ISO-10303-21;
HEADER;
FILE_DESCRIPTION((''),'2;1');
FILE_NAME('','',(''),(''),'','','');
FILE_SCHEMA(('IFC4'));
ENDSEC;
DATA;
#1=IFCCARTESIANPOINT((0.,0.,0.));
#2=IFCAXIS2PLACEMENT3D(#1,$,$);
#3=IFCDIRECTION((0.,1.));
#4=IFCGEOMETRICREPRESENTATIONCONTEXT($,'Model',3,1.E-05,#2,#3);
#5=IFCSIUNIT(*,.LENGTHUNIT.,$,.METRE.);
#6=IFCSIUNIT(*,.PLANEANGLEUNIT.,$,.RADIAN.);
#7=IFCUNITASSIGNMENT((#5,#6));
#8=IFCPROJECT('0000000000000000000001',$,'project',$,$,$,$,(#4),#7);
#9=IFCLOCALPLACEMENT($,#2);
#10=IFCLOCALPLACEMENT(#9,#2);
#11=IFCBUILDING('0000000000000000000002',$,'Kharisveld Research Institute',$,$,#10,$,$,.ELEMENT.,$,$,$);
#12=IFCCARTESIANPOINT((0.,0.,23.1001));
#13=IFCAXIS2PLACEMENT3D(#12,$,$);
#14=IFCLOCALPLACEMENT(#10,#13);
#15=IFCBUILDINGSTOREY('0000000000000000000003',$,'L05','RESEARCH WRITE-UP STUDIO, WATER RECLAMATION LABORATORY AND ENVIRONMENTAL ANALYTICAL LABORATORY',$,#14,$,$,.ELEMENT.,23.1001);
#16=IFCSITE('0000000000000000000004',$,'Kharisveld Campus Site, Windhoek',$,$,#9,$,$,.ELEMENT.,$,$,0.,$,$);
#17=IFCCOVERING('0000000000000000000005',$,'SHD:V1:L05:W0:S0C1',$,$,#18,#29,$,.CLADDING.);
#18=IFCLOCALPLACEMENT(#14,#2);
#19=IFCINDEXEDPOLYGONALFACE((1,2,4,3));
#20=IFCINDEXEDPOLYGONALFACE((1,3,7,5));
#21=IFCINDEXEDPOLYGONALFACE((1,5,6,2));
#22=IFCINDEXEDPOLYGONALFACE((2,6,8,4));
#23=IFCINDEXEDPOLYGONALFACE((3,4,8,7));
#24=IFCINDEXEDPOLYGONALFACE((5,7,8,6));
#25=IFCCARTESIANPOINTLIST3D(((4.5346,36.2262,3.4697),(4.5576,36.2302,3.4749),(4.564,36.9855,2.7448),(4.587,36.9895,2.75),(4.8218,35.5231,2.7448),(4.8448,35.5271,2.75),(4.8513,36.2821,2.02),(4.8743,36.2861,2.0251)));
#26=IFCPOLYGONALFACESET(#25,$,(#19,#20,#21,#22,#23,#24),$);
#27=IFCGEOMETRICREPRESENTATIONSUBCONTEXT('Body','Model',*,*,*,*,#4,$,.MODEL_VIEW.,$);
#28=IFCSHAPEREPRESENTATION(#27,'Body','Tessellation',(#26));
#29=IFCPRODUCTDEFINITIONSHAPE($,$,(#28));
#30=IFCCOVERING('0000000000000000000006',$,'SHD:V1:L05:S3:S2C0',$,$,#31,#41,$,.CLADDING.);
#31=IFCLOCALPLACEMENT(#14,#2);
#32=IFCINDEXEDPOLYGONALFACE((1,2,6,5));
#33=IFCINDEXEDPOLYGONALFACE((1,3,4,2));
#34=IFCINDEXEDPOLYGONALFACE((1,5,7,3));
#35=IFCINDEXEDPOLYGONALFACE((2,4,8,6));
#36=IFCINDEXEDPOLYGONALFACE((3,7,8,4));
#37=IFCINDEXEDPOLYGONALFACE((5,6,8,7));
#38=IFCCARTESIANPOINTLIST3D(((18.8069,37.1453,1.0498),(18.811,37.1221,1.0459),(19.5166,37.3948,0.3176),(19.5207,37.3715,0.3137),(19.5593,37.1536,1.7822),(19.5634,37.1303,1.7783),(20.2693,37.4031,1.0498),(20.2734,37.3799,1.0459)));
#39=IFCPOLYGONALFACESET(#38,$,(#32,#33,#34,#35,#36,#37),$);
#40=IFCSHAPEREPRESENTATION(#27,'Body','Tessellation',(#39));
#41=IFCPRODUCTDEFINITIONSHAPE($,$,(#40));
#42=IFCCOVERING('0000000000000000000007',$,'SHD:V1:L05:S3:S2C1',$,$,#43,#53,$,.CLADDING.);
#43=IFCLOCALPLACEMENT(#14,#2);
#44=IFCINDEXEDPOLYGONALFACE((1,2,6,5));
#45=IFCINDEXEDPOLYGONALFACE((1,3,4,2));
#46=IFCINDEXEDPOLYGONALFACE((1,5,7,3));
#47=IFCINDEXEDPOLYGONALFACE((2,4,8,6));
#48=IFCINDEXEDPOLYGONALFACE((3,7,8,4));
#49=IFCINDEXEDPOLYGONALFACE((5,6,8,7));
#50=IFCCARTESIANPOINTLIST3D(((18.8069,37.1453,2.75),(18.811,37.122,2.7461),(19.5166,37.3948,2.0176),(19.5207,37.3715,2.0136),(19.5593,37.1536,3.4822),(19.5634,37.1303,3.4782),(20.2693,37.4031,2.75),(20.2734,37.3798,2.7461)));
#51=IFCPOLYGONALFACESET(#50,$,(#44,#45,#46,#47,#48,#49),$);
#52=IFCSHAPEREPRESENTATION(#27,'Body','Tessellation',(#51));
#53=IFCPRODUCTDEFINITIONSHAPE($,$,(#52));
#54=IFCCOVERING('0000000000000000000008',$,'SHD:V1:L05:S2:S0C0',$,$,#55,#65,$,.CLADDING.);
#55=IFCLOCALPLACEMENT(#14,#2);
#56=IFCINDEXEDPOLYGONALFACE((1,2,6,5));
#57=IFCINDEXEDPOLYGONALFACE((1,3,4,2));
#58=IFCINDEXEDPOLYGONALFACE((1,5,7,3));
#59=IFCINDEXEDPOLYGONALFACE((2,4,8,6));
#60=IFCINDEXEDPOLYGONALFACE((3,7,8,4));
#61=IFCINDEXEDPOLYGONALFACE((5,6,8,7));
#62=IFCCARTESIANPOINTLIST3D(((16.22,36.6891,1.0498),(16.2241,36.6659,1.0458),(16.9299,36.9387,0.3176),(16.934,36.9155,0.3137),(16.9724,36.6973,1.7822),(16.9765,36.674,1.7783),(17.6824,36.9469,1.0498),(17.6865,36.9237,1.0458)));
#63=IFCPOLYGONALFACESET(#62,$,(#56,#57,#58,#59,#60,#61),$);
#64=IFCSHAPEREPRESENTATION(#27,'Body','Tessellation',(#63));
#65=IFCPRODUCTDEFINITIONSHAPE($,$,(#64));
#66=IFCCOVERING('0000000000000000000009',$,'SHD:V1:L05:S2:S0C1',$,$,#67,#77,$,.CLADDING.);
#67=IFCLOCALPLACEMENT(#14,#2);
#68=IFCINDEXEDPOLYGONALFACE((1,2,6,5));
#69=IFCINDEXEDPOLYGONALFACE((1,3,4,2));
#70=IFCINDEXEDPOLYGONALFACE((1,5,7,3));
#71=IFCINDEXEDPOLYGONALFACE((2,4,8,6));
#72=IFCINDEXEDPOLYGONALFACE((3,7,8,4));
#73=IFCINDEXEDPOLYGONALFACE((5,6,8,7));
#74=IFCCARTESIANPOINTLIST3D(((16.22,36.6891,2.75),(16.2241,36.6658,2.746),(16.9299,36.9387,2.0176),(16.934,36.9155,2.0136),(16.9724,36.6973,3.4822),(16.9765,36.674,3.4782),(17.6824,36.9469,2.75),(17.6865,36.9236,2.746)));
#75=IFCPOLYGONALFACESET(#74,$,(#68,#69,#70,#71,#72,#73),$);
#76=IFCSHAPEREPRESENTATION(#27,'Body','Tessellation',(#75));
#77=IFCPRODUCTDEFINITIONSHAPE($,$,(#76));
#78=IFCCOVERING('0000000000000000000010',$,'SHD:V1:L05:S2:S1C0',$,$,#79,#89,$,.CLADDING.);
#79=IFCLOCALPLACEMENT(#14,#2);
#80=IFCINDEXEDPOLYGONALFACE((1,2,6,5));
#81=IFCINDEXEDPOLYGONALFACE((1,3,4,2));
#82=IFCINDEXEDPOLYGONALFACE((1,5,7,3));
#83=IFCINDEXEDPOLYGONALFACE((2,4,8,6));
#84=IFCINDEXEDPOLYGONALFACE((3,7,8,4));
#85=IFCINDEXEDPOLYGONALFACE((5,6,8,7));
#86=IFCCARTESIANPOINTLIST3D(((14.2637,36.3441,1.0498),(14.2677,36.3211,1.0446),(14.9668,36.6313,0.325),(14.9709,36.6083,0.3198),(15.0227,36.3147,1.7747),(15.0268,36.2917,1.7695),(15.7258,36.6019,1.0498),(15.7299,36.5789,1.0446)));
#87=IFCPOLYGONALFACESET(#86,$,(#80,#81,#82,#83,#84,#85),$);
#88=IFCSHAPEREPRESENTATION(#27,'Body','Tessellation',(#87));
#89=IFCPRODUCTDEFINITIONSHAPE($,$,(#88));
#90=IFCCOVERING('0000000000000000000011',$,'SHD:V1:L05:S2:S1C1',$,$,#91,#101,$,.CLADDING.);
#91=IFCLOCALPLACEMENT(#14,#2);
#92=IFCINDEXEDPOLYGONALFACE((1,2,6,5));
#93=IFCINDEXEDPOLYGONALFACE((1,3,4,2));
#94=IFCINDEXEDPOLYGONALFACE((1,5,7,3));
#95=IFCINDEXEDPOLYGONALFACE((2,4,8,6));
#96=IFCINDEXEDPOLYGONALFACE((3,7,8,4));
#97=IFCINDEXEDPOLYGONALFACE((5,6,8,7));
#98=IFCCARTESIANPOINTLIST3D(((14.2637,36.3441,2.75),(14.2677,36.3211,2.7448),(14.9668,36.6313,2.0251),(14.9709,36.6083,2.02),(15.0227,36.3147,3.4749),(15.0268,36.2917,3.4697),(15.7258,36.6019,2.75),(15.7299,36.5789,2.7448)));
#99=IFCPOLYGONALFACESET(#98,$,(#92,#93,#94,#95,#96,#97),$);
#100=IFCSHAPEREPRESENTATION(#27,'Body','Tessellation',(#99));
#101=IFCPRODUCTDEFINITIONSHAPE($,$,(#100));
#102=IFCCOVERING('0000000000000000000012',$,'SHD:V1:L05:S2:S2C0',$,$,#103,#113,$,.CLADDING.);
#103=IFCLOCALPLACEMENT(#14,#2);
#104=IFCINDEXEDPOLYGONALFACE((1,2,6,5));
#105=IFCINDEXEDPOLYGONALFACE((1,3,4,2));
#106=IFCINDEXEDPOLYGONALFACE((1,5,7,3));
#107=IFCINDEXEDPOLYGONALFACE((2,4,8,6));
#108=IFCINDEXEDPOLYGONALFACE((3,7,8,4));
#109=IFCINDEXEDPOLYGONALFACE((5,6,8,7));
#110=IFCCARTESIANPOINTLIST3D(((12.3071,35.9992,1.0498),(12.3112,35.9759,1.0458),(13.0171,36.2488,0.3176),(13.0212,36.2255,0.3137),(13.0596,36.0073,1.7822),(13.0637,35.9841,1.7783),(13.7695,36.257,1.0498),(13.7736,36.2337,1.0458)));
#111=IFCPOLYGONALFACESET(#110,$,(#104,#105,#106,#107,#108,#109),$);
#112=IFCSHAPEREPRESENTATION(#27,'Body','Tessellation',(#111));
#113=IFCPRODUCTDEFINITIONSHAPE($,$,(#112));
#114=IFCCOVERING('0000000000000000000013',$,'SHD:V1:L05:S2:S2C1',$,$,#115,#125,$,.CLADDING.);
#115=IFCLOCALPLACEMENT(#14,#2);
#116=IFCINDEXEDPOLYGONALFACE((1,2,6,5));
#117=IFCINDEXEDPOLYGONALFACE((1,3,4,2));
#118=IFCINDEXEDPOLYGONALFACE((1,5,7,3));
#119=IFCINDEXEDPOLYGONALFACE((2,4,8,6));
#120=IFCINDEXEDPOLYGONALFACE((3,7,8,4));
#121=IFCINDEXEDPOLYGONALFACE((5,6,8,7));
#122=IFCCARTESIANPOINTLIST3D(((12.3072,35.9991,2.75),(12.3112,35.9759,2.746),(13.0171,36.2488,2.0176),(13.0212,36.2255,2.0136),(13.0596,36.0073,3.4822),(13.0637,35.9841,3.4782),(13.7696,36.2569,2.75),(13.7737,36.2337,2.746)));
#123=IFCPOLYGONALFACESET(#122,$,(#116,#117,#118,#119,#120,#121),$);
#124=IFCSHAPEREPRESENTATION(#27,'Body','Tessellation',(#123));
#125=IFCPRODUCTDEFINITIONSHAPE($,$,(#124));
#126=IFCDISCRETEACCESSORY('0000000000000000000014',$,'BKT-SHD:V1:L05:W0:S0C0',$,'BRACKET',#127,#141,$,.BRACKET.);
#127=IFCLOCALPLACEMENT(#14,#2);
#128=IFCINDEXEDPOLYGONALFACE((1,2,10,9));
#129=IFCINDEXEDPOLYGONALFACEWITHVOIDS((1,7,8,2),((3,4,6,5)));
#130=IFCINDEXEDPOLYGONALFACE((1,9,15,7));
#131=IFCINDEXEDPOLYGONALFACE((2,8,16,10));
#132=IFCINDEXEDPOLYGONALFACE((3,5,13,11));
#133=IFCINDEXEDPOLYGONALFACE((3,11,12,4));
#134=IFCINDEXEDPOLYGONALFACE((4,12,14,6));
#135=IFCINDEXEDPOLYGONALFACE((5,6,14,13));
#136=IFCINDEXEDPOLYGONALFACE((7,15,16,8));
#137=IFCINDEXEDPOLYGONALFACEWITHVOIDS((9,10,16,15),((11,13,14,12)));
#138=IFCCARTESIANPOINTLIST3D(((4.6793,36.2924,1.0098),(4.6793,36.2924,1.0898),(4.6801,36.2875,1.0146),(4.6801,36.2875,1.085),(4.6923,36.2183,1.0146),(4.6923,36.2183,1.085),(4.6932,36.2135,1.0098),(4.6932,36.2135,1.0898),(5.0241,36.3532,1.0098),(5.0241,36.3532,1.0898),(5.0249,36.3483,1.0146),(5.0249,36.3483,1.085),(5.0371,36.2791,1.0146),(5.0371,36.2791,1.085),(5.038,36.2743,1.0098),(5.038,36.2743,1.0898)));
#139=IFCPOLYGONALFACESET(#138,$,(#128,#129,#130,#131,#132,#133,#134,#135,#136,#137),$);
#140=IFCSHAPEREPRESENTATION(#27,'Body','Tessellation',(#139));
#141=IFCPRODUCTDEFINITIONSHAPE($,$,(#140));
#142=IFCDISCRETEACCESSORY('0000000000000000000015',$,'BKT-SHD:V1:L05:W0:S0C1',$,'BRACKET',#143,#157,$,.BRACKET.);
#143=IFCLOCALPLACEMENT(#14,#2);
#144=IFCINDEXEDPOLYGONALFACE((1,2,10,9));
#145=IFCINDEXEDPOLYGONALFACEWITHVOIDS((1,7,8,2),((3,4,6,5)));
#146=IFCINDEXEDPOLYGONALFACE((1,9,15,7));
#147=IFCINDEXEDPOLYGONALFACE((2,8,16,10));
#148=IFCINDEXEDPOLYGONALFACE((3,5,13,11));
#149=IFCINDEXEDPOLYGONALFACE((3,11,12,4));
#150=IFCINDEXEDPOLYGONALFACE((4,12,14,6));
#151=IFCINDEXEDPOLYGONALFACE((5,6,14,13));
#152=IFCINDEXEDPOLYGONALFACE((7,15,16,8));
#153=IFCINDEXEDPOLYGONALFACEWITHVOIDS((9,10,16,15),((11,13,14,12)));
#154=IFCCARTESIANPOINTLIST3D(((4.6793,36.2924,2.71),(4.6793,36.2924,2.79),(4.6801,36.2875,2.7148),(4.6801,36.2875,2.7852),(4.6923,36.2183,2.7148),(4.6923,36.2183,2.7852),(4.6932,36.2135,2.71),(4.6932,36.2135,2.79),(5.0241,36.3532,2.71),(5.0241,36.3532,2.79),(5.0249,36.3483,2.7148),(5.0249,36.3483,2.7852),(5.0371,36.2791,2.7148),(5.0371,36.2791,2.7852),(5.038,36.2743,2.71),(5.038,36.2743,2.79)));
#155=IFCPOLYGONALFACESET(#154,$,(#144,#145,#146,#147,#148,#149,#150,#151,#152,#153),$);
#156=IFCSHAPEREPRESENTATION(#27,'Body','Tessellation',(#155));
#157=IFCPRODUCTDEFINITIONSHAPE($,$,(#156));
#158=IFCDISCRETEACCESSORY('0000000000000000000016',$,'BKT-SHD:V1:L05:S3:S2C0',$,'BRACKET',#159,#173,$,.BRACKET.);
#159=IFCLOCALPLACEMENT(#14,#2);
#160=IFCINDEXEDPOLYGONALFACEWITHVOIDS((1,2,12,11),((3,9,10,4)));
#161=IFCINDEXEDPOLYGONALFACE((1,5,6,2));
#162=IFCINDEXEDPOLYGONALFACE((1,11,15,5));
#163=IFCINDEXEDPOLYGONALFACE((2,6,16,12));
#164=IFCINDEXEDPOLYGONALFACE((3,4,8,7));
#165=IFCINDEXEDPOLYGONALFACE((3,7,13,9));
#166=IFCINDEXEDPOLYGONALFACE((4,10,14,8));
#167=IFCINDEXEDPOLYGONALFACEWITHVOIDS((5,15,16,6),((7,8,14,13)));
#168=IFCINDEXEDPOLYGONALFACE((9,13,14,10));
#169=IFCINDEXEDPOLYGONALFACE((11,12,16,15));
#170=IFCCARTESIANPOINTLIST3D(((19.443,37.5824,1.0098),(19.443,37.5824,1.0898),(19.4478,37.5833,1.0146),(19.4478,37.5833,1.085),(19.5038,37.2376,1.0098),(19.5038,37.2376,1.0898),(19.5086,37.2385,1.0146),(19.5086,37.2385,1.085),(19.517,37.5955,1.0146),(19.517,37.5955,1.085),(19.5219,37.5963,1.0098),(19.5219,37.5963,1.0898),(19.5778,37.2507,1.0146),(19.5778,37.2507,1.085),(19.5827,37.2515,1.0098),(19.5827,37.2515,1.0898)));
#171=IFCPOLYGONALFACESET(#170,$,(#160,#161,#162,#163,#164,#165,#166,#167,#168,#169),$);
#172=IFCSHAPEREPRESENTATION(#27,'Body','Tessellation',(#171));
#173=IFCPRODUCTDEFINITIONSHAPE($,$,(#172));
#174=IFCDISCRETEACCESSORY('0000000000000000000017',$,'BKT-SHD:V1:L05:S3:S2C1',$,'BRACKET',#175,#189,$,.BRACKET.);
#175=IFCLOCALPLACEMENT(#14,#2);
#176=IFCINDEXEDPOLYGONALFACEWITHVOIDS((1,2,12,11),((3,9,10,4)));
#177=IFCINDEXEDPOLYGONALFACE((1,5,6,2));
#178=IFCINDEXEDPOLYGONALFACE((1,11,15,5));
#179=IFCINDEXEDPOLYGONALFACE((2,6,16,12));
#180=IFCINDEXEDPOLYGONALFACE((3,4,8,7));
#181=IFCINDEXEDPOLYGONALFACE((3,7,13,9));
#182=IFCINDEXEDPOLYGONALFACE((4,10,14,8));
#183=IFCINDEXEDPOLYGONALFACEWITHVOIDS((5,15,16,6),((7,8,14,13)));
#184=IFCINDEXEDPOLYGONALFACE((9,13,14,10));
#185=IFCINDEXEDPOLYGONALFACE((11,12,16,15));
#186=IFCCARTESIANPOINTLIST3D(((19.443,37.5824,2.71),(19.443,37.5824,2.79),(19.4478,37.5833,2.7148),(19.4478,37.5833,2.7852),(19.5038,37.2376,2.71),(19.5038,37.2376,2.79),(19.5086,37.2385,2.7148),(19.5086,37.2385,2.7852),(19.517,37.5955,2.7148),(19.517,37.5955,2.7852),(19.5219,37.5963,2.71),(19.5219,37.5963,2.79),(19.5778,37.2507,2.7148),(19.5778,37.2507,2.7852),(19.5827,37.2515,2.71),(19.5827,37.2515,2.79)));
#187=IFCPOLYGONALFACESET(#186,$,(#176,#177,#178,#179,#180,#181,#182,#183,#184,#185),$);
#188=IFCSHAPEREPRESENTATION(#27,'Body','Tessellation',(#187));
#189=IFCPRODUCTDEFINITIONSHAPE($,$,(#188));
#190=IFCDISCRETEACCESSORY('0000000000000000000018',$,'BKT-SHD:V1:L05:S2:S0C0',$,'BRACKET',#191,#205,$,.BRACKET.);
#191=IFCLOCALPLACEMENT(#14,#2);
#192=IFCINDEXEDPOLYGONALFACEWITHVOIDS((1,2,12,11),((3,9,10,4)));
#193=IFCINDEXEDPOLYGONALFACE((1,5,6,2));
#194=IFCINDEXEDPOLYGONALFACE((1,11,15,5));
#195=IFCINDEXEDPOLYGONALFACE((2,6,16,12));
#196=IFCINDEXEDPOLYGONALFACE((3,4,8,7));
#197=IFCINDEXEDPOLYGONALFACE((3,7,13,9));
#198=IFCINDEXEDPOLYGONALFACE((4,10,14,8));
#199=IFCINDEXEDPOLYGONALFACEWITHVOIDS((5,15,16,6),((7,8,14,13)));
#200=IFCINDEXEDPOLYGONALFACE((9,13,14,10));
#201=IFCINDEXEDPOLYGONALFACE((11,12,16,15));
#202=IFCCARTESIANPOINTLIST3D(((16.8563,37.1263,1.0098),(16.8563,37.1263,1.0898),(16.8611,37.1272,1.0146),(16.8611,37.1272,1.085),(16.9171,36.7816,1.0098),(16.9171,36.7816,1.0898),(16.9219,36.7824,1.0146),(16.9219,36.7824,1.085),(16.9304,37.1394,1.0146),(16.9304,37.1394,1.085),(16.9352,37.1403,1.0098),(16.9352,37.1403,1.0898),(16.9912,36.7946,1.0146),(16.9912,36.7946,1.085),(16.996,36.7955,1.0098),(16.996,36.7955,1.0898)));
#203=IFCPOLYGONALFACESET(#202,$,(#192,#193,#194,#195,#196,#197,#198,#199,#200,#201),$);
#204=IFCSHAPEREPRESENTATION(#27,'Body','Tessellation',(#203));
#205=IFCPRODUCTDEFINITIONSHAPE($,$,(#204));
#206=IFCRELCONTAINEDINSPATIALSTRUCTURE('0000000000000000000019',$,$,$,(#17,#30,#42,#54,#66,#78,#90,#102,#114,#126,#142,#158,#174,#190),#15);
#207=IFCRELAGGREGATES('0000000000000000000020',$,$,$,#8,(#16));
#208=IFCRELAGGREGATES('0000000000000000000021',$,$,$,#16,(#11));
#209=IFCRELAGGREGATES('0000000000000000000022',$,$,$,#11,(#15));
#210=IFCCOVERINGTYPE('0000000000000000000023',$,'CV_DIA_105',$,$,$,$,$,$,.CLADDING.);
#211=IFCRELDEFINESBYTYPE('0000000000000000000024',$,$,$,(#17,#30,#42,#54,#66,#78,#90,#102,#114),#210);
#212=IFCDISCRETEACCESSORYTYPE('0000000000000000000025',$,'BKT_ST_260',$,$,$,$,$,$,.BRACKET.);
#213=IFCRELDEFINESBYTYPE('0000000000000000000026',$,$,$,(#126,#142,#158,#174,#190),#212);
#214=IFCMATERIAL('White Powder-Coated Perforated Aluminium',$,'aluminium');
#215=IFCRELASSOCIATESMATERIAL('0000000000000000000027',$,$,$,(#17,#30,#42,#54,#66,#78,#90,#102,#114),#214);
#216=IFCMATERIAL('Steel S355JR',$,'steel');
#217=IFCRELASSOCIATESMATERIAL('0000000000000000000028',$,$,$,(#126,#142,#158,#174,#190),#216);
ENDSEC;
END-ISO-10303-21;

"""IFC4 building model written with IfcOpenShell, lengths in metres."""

from ifc_helpers import new_model, si_unit, direction, frame, origin, origin_2d, place, context, subcontext, project, spatial, polyline, hollow_rectangle, outline, extrude, material, type_object, element, save


model = new_model("IFC4")

# Units and contexts
model_context = context("Model", 3, precision=1e-05, world=origin(), true_north=direction((0.0, 1.0)))
body_context = subcontext(model_context, "Body", "Model", "MODEL_VIEW")
ifc_project = project(units=[si_unit("LENGTHUNIT", "METRE"), si_unit("PLANEANGLEUNIT", "RADIAN")], contexts=[model_context])

# Site, building, storey
site_placement = place(None, origin())
site = spatial("IfcSite", under=ifc_project, at=site_placement, Name="Kharisveld Campus Site, Windhoek", CompositionType="ELEMENT", RefElevation=0.0)
building_placement = place(site_placement, origin())
building = spatial("IfcBuilding", under=site, at=building_placement, Name="Kharisveld Research Institute", CompositionType="ELEMENT")
storey_placement = place(building_placement, frame((0.0, 0.0, 23.1001)))
storey = spatial("IfcBuildingStorey", under=building, at=storey_placement, Name="L05", Description="RESEARCH WRITE-UP STUDIO, WATER RECLAMATION LABORATORY AND ENVIRONMENTAL ANALYTICAL LABORATORY", CompositionType="ELEMENT", Elevation=23.1001)

# Coverings
ifc_material_1 = material(Name="White Powder-Coated Perforated Aluminium", Category="aluminium")
covering_type = type_object("IfcCoveringType", Name="CV_DIA_105", PredefinedType="CLADDING")
for number, where, z_axis, x_axis, name in (
    (1, (4.8743, 36.2861, 2.0251), (0.961447, 0.169497, 0.21654), (-0.273555, 0.669826, 0.69029), "SHD:V1:L05:W0:S0C1"),
):
    element("IfcCovering", number, at=place(storey_placement, frame(where, z_axis=z_axis, x_axis=x_axis)), inside=storey, type_object=covering_type, material=ifc_material_1, Name=name, PredefinedType="CLADDING", context=body_context, shape_type="SweptSolid", body=[
        extrude(outline(polyline([(0.0, 0.0), (1.0501, 0.0), (1.0499, 1.0501), (0.0, 1.05), (0.0, 0.0)])), origin(), (0.0, 0.0, -1.0), 0.0239),
    ])
covering_1_placement = place(storey_placement, frame((19.5166, 37.3948, 0.3176), z_axis=(-0.171238, 0.971321, 0.164966), x_axis=(-0.676069, -0.237642, 0.697465)))
element("IfcCovering", 2, at=covering_1_placement, inside=storey, type_object=covering_type, material=ifc_material_1, Name="SHD:V1:L05:S3:S2C0", PredefinedType="CLADDING", context=body_context, shape_type="SweptSolid", body=[
    extrude(outline(polyline([(0.0, 0.0), (1.0498, 0.0), (1.0499, 1.0501), (-0.0002, 1.0501), (0.0, 0.0)])), origin(), (0.0, 0.0, -1.0), 0.0239),
])
covering_2_placement = place(storey_placement, frame((19.5166, 37.3948, 2.0176), z_axis=(-0.171238, 0.971321, 0.164966), x_axis=(-0.675953, -0.237641, 0.697578)))
element("IfcCovering", 3, at=covering_2_placement, inside=storey, type_object=covering_type, material=ifc_material_1, Name="SHD:V1:L05:S3:S2C1", PredefinedType="CLADDING", context=body_context, shape_type="SweptSolid", body=[
    extrude(outline(polyline([(0.0, 0.0), (1.05, 0.0), (1.0501, 1.0499), (0.0002, 1.0503), (0.0, 0.0)])), origin(), (0.0, 0.0, -1.0), 0.0239),
])
covering_3_placement = place(storey_placement, frame((16.9299, 36.9387, 0.3176), z_axis=(-0.171234, 0.971299, 0.165096), x_axis=(-0.676173, -0.237734, 0.697333)))
element("IfcCovering", 4, at=covering_3_placement, inside=storey, type_object=covering_type, material=ifc_material_1, Name="SHD:V1:L05:S2:S0C0", PredefinedType="CLADDING", context=body_context, shape_type="SweptSolid", body=[
    extrude(outline(polyline([(0.0, 0.0), (1.0499, 0.0), (1.05, 1.0501), (-0.0002, 1.0499), (0.0, 0.0)])), origin(), (0.0, 0.0, -1.0), 0.0239),
])
covering_4_placement = place(storey_placement, frame((16.9299, 36.9387, 2.0176), z_axis=(-0.171234, 0.971299, 0.165096), x_axis=(-0.676056, -0.237732, 0.697446)))
element("IfcCovering", 5, at=covering_4_placement, inside=storey, type_object=covering_type, material=ifc_material_1, Name="SHD:V1:L05:S2:S0C1", PredefinedType="CLADDING", context=body_context, shape_type="SweptSolid", body=[
    extrude(outline(polyline([(0.0, 0.0), (1.0501, 0.0), (1.0502, 1.0499), (0.0002, 1.0501), (0.0, 0.0)])), origin(), (0.0, 0.0, -1.0), 0.0239),
])
for number, where, z_axis, x_axis, name in (
    (6, (14.9668, 36.6313, 0.325), (-0.169525, 0.961443, 0.21654), (-0.669706, -0.273579, 0.690397), "SHD:V1:L05:S2:S1C0"),
    (7, (14.9668, 36.6313, 2.0251), (-0.169525, 0.961443, 0.21654), (-0.669706, -0.273579, 0.690397), "SHD:V1:L05:S2:S1C1"),
):
    element("IfcCovering", number, at=place(storey_placement, frame(where, z_axis=z_axis, x_axis=x_axis)), inside=storey, type_object=covering_type, material=ifc_material_1, Name=name, PredefinedType="CLADDING", context=body_context, shape_type="SweptSolid", body=[
        extrude(outline(polyline([(0.0, 0.0), (1.0499, 0.0), (1.0501, 1.05), (0.0001, 1.05), (0.0, 0.0)])), origin(), (0.0, 0.0, -1.0), 0.0239),
    ])
covering_5_placement = place(storey_placement, frame((13.0171, 36.2488, 0.3176), z_axis=(-0.171234, 0.971299, 0.165096), x_axis=(-0.676173, -0.237734, 0.697333)))
element("IfcCovering", 8, at=covering_5_placement, inside=storey, type_object=covering_type, material=ifc_material_1, Name="SHD:V1:L05:S2:S2C0", PredefinedType="CLADDING", context=body_context, shape_type="SweptSolid", body=[
    extrude(outline(polyline([(0.0, 0.0), (1.0499, 0.0), (1.05, 1.0501), (-0.0002, 1.0499), (0.0, 0.0)])), origin(), (0.0, 0.0, -1.0), 0.0239),
])
covering_6_placement = place(storey_placement, frame((13.0171, 36.2488, 2.0176), z_axis=(-0.171234, 0.971299, 0.165096), x_axis=(-0.676056, -0.237732, 0.697446)))
element("IfcCovering", 9, at=covering_6_placement, inside=storey, type_object=covering_type, material=ifc_material_1, Name="SHD:V1:L05:S2:S2C1", PredefinedType="CLADDING", context=body_context, shape_type="SweptSolid", body=[
    extrude(outline(polyline([(0.0, 0.0), (1.0501, 0.0), (1.0502, 1.0499), (0.0002, 1.0501), (0.0, 0.0)])), origin(), (0.0, 0.0, -1.0), 0.0239),
])

# Discrete accessories
ifc_material_2 = material(Name="Steel S355JR", Category="steel")
discrete_accessory_type = type_object("IfcDiscreteAccessoryType", Name="BKT_ST_260", PredefinedType="BRACKET")
for number, where, z_axis, x_axis, name in (
    (10, (5.031, 36.3137, 1.0498), (-0.984805, -0.173666, 0.0), (0.173666, -0.984805, 0.0), "BKT-SHD:V1:L05:W0:S0C0"),
    (11, (5.031, 36.3137, 2.75), (-0.984805, -0.173666, 0.0), (0.173666, -0.984805, 0.0), "BKT-SHD:V1:L05:W0:S0C1"),
    (12, (19.4824, 37.5894, 1.0498), (0.173666, -0.984805, 0.0), (0.984805, 0.173666, 0.0), "BKT-SHD:V1:L05:S3:S2C0"),
    (13, (19.4824, 37.5894, 2.75), (0.173666, -0.984805, 0.0), (0.984805, 0.173666, 0.0), "BKT-SHD:V1:L05:S3:S2C1"),
    (14, (16.8958, 37.1333, 1.0498), (0.173666, -0.984805, 0.0), (0.984805, 0.173666, 0.0), "BKT-SHD:V1:L05:S2:S0C0"),
):
    element("IfcDiscreteAccessory", number, at=place(storey_placement, frame(where, z_axis=z_axis, x_axis=x_axis)), inside=storey, type_object=discrete_accessory_type, material=ifc_material_2, Name=name, ObjectType="BRACKET", PredefinedType="BRACKET", context=body_context, shape_type="SweptSolid", body=[
        extrude(hollow_rectangle(XDim=0.0801, YDim=0.0801, WallThickness=0.0049, at=origin_2d()), origin(), (0.0, 0.0, 1.0), 0.3501),
    ])

save(model, "model.ifc")
